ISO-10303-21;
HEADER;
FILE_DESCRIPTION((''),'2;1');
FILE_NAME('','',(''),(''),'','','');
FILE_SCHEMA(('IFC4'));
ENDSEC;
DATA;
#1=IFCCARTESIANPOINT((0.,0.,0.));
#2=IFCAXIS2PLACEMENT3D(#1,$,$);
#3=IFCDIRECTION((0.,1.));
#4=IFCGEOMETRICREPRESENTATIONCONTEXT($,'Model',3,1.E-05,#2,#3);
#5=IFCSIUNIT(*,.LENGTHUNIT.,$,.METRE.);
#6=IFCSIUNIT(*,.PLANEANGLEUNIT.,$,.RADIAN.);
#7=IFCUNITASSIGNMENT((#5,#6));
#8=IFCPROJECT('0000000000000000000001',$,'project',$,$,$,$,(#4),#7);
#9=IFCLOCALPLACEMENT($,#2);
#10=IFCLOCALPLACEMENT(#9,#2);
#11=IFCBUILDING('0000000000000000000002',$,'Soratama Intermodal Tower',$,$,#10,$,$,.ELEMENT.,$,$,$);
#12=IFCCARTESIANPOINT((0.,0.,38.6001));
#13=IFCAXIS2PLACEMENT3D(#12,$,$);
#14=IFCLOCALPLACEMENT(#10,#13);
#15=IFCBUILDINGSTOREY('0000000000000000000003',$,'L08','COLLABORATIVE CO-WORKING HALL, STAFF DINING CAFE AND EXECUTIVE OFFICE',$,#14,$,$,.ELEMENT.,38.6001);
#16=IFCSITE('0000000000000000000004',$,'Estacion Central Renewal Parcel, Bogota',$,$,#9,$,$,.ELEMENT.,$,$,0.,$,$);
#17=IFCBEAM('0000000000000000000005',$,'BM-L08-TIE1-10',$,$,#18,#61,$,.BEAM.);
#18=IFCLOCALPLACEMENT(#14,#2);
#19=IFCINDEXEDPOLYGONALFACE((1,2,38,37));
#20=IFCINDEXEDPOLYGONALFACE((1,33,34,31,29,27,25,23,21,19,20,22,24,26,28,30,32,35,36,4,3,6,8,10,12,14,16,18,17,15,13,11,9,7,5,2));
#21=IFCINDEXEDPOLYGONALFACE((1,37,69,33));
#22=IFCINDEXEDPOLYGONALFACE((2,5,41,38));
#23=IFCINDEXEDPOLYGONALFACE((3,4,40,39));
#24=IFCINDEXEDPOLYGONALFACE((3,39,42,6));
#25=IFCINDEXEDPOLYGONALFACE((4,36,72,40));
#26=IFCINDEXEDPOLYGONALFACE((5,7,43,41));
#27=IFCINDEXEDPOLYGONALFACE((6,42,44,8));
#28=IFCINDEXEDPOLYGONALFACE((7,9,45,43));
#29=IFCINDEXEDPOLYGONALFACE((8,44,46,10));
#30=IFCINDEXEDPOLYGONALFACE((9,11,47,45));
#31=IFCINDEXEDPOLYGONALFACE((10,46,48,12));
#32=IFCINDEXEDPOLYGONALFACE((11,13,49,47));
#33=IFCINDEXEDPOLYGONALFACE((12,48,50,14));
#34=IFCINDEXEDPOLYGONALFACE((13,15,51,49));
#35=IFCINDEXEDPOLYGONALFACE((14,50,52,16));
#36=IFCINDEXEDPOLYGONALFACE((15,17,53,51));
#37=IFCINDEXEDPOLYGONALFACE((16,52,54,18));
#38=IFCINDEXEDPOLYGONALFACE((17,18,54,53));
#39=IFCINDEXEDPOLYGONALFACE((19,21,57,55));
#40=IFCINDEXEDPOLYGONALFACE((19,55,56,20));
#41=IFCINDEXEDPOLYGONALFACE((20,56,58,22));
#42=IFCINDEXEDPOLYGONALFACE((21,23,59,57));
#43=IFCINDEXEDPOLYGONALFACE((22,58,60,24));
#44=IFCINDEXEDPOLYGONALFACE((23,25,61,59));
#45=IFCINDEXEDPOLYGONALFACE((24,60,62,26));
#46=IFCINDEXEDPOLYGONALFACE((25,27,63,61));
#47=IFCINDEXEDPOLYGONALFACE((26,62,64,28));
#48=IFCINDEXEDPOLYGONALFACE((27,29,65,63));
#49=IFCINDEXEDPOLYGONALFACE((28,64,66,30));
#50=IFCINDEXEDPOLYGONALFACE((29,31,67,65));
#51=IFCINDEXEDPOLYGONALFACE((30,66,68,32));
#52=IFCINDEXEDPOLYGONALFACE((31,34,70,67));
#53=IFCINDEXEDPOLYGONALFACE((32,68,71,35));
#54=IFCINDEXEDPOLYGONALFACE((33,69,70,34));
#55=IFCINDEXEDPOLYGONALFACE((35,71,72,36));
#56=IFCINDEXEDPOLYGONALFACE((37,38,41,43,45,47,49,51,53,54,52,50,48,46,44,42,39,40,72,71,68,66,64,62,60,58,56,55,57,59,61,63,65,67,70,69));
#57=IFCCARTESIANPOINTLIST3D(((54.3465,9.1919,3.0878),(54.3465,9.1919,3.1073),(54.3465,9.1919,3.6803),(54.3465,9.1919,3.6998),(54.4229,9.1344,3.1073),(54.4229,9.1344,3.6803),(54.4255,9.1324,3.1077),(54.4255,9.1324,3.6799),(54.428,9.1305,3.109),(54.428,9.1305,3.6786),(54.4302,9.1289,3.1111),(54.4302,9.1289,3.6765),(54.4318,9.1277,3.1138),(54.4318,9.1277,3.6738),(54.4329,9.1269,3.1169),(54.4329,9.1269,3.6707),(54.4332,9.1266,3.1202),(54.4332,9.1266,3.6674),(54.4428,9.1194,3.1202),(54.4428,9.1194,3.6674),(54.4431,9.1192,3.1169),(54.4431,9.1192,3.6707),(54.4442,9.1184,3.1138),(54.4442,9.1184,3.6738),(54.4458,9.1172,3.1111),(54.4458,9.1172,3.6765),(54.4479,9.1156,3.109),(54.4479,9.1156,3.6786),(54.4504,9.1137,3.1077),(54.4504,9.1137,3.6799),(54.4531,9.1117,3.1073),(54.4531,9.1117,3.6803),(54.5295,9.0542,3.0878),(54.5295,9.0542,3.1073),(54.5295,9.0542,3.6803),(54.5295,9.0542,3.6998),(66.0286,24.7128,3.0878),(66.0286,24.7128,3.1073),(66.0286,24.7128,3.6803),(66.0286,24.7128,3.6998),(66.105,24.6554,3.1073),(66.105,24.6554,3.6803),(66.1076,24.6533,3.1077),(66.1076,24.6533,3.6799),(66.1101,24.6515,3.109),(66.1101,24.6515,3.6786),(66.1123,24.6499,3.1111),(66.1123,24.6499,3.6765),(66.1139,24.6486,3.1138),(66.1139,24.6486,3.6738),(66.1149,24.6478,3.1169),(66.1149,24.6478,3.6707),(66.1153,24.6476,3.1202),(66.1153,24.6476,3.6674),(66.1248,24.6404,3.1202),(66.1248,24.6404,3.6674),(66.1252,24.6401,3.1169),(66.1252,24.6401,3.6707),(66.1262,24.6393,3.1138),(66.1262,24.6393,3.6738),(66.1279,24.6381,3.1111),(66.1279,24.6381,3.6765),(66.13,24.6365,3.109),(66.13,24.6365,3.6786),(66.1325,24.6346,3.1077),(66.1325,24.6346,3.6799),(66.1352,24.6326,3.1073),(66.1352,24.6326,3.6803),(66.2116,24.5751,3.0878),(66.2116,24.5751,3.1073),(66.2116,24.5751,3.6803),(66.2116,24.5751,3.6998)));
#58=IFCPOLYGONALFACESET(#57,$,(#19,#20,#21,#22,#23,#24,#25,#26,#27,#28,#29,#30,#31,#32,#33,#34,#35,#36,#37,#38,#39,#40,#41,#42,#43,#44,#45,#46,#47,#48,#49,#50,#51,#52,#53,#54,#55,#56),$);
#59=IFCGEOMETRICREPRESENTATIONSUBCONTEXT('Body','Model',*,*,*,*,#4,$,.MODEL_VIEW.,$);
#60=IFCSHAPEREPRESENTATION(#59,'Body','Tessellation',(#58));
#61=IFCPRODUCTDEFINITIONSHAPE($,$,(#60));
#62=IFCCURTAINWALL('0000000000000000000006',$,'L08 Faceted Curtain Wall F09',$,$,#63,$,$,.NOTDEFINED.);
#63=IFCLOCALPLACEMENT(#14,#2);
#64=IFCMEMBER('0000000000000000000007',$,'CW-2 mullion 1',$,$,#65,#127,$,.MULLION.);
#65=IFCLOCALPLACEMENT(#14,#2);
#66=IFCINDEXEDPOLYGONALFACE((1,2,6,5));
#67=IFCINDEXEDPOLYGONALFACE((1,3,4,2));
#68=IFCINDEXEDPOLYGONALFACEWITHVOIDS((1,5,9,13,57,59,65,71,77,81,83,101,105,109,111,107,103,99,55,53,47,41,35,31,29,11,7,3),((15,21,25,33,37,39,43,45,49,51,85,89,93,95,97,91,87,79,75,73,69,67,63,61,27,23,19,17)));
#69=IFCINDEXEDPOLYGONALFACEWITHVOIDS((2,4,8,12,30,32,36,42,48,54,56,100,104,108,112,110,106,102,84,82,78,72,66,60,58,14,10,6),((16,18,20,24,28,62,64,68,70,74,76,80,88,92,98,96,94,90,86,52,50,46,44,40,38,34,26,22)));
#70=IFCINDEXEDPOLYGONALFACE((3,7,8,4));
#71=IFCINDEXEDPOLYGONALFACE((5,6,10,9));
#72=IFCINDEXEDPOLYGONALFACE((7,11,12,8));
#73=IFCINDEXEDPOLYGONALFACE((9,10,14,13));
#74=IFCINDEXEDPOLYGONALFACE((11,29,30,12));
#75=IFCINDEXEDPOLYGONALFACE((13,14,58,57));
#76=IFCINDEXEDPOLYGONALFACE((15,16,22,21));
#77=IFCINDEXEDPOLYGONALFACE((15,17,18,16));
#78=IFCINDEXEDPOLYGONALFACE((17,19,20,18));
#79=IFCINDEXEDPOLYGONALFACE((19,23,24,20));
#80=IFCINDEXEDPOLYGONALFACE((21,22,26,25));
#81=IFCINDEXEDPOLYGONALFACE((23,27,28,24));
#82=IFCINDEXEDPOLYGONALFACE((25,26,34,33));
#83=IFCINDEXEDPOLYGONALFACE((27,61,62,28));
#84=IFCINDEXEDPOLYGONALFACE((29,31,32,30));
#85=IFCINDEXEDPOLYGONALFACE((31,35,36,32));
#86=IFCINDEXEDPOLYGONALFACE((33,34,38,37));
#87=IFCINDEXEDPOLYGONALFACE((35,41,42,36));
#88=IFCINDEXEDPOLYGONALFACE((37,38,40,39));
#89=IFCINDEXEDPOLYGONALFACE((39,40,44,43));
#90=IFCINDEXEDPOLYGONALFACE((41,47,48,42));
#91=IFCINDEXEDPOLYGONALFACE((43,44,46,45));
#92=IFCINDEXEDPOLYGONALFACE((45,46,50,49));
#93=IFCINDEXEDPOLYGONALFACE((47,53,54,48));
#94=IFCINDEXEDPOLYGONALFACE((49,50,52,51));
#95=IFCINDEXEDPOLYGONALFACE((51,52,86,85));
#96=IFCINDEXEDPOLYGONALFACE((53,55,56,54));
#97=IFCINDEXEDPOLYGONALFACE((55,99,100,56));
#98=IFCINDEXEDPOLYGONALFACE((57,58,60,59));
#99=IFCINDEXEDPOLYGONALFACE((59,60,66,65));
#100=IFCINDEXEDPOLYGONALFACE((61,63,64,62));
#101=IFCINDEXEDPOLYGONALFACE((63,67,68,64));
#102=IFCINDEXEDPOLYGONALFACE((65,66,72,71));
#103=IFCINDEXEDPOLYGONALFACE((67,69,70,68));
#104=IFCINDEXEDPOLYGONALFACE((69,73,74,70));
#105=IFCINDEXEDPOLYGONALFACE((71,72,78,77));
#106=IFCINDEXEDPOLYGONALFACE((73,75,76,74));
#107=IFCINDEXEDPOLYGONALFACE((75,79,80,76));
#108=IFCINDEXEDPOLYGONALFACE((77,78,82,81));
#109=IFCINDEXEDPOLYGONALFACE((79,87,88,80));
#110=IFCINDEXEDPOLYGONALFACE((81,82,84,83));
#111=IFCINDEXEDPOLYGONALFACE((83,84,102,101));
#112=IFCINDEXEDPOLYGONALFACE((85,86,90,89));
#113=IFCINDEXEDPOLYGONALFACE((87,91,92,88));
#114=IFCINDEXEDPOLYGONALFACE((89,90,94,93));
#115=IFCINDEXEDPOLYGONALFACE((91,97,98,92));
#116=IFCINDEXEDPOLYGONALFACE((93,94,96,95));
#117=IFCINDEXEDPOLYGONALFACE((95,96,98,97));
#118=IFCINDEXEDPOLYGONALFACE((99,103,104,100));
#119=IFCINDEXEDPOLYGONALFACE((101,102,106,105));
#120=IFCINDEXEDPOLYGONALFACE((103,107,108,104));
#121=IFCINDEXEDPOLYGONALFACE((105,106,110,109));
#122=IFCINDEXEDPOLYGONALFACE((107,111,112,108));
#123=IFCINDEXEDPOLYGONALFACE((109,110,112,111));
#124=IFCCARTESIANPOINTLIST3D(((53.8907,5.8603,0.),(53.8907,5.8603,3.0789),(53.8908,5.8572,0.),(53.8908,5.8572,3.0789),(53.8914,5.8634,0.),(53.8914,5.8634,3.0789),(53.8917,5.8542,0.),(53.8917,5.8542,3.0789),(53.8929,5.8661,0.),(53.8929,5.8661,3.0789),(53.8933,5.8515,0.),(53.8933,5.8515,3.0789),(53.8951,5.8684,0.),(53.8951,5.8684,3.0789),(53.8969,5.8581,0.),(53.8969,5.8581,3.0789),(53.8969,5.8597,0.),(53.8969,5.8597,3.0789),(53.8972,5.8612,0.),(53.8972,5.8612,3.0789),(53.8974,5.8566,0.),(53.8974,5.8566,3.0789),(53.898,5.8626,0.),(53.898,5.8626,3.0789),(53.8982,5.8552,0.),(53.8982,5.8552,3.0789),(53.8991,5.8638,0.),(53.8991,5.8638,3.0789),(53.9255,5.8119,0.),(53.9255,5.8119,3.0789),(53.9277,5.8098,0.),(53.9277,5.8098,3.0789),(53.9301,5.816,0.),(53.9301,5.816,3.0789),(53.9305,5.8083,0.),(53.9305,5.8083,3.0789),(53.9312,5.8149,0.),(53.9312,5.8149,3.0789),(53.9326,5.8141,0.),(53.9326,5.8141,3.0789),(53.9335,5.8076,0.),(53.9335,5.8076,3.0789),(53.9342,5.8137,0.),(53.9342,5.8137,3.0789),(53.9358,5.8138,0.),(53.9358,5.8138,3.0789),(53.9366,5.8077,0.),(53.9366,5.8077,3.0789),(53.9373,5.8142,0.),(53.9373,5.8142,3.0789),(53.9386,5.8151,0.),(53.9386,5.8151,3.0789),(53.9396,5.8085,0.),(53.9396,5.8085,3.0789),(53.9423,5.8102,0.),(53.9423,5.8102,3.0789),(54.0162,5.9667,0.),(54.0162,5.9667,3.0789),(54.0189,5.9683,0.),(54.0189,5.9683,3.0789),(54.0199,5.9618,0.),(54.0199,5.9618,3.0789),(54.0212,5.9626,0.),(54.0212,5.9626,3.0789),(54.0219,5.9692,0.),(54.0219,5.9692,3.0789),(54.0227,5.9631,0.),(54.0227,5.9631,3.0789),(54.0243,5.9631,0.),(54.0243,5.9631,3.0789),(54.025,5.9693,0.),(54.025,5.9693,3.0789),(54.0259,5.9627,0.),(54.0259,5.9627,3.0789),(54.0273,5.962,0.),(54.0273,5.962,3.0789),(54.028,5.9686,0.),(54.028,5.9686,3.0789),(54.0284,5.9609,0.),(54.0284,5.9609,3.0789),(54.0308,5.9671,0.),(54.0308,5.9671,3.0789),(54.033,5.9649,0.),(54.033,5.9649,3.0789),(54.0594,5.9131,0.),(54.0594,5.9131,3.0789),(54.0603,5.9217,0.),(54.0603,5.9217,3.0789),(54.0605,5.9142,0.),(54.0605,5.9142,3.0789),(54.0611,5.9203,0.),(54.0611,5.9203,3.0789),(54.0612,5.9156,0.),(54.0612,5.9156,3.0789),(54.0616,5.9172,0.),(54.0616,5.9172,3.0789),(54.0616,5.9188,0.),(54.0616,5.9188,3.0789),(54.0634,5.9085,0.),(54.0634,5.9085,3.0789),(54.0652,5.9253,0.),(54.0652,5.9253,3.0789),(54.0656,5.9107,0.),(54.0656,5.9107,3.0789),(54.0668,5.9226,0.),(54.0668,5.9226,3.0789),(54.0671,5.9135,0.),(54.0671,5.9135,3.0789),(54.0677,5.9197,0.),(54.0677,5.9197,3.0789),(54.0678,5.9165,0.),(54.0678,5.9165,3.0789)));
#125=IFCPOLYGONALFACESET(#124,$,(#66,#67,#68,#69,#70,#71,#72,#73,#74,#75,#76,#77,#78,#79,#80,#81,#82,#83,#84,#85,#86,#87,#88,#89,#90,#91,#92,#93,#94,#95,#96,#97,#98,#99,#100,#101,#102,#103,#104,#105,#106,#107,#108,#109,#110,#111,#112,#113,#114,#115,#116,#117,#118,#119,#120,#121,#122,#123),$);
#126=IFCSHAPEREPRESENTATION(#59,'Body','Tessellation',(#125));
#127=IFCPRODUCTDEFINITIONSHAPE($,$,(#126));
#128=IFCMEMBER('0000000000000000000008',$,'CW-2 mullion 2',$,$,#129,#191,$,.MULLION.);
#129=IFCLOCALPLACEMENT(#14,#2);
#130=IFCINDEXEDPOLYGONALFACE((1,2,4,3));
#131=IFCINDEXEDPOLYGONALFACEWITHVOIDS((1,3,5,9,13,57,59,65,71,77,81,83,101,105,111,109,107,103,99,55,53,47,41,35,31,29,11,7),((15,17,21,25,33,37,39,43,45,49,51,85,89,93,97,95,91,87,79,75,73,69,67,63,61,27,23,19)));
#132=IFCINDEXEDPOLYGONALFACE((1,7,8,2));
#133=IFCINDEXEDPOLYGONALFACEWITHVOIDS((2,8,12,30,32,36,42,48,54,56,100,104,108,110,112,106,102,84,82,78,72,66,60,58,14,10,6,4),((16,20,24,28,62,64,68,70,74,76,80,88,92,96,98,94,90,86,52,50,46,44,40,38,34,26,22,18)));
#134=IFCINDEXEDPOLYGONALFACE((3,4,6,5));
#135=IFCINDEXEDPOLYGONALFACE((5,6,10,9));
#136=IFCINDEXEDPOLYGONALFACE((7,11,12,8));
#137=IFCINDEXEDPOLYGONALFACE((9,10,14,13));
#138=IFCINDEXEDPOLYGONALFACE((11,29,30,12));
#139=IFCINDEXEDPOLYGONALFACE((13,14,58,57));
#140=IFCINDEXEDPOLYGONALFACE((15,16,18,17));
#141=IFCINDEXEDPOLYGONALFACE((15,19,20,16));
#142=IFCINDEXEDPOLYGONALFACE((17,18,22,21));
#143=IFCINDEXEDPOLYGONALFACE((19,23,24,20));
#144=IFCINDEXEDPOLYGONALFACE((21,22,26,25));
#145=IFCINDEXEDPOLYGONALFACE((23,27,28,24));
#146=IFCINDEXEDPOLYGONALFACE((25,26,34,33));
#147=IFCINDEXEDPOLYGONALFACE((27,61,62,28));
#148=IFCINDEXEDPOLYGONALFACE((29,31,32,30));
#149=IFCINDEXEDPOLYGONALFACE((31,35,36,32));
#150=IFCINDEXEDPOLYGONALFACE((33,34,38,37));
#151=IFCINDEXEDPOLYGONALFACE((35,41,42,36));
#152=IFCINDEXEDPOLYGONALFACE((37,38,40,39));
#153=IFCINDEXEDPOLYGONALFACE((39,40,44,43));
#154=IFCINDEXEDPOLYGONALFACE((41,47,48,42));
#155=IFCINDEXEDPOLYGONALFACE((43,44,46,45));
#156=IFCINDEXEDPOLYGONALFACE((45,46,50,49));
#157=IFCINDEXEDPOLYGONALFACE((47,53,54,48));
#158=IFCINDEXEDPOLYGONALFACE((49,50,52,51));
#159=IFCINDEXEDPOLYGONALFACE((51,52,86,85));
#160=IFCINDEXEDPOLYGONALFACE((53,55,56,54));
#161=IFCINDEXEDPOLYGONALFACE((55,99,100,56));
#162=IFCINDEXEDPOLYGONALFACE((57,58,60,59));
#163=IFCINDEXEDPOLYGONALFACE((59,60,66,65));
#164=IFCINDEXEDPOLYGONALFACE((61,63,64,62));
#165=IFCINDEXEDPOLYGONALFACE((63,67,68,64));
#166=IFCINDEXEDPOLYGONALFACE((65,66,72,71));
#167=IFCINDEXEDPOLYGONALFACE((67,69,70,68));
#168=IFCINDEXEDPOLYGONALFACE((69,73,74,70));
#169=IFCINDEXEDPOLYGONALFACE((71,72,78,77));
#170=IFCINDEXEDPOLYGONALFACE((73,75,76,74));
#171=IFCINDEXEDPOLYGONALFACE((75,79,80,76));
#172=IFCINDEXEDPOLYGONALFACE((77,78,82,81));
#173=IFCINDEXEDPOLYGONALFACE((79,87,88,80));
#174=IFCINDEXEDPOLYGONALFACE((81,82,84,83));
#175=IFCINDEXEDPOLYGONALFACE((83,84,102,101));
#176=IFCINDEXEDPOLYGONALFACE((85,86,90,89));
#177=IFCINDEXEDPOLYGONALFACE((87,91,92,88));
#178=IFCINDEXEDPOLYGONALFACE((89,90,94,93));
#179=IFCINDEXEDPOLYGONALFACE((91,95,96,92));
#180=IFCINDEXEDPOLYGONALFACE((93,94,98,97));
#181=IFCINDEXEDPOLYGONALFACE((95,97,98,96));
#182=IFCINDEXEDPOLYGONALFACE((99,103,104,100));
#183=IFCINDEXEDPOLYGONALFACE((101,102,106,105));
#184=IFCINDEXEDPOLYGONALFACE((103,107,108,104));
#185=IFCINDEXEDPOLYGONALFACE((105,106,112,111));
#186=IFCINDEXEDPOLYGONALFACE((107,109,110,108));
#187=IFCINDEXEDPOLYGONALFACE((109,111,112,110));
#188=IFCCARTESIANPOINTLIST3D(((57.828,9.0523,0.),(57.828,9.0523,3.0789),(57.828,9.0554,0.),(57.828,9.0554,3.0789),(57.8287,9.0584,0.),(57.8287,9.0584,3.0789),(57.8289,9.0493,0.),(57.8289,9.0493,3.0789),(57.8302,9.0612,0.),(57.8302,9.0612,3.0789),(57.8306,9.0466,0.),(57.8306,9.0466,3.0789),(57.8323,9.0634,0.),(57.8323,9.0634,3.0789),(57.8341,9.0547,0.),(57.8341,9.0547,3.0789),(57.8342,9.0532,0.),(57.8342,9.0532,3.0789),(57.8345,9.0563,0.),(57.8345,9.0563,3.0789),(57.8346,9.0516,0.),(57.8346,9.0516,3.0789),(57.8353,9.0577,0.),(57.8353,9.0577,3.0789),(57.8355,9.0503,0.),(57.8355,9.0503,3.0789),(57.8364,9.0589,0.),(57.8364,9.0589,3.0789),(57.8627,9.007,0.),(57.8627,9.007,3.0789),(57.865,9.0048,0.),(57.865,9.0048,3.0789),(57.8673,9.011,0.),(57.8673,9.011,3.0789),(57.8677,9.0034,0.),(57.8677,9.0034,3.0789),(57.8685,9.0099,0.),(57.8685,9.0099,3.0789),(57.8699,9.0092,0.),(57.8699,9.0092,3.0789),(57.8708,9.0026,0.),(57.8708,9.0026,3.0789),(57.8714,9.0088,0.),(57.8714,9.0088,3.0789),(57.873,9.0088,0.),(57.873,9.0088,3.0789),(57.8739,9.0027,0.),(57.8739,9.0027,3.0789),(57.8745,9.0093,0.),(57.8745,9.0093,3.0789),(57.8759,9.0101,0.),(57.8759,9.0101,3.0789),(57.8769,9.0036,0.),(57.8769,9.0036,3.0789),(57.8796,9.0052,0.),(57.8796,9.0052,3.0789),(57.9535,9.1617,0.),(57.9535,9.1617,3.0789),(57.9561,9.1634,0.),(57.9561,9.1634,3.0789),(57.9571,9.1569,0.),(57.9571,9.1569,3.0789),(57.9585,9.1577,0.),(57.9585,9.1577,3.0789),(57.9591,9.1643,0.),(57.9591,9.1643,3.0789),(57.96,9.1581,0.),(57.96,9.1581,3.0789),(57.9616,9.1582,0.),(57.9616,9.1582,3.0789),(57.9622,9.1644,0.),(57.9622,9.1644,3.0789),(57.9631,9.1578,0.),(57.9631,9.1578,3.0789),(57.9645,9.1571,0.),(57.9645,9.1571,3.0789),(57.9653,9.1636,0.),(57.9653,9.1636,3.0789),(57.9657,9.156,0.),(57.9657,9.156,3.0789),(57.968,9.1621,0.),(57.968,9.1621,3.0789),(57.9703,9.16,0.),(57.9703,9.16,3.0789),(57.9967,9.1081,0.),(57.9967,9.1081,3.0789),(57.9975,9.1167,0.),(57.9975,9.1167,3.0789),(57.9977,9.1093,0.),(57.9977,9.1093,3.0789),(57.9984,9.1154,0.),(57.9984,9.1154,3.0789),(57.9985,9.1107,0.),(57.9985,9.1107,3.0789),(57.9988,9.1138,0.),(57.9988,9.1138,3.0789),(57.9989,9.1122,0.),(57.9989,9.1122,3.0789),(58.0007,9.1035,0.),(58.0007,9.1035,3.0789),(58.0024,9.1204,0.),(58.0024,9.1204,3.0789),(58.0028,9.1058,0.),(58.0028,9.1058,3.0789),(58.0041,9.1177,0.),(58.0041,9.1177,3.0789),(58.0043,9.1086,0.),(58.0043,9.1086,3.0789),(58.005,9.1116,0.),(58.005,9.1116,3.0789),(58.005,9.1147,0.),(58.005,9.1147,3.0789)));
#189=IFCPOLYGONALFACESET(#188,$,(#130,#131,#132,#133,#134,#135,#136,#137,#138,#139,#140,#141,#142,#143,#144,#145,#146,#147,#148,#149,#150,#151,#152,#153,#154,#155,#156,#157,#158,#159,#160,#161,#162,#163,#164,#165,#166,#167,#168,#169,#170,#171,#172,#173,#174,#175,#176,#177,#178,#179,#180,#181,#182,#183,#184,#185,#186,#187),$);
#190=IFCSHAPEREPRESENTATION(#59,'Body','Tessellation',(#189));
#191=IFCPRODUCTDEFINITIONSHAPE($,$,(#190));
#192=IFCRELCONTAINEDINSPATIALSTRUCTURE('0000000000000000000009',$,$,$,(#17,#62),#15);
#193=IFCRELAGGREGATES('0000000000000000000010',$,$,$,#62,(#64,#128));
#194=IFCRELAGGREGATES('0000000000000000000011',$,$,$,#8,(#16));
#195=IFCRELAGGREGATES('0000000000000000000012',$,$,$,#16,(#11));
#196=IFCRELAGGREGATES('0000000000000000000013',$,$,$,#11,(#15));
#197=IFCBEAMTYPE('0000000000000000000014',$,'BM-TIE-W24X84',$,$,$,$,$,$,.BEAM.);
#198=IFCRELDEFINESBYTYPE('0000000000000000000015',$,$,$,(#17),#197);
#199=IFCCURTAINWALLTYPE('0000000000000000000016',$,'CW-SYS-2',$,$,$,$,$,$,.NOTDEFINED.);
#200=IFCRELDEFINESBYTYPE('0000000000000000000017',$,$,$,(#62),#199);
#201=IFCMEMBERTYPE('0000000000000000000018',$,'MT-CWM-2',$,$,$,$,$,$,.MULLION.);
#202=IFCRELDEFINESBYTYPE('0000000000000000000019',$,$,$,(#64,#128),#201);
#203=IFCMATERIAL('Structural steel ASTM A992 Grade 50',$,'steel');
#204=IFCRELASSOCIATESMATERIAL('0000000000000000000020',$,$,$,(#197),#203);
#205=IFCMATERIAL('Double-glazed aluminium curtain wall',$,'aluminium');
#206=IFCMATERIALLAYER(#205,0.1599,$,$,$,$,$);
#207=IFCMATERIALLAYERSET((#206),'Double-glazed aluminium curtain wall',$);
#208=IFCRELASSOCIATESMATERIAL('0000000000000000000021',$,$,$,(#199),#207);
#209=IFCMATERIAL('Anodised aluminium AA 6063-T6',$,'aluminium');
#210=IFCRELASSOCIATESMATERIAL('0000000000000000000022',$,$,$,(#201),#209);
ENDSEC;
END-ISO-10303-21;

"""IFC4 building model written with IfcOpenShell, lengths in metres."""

from ifc_helpers import new_model, si_unit, direction, frame, origin, origin_2d, place, context, subcontext, project, spatial, hollow_rectangle, i_section, extrude, material, layer, layer_set, material_profile, profile_set, type_object, element, aggregate, save


model = new_model("IFC4")

# Units and contexts
model_context = context("Model", 3, precision=1e-05, world=origin(), true_north=direction((0.0, 1.0)))
body_context = subcontext(model_context, "Body", "Model", "MODEL_VIEW")
ifc_project = project(units=[si_unit("LENGTHUNIT", "METRE"), si_unit("PLANEANGLEUNIT", "RADIAN")], contexts=[model_context])

# Site, building, storey
site_placement = place(None, origin())
site = spatial("IfcSite", under=ifc_project, at=site_placement, Name="Estacion Central Renewal Parcel, Bogota", CompositionType="ELEMENT", RefElevation=0.0)
building_placement = place(site_placement, origin())
building = spatial("IfcBuilding", under=site, at=building_placement, Name="Soratama Intermodal Tower", CompositionType="ELEMENT")
storey_placement = place(building_placement, frame((0.0, 0.0, 38.6001)))
storey = spatial("IfcBuildingStorey", under=building, at=storey_placement, Name="L08", Description="COLLABORATIVE CO-WORKING HALL, STAFF DINING CAFE AND EXECUTIVE OFFICE", CompositionType="ELEMENT", Elevation=38.6001)

# Beam
ifc_material_1 = material(Name="Structural steel ASTM A992 Grade 50", Category="steel")
ifc_material_profile_1 = material_profile(ifc_material_1, i_section(OverallWidth=0.229, OverallDepth=0.6121, WebThickness=0.012, FlangeThickness=0.0195, FilletRadius=0.0129, at=origin_2d()), Name="W24X84")
ifc_profile_set_1 = profile_set([ifc_material_profile_1], Name="Structural steel ASTM A992 Grade 50")
beam_type_1 = type_object("IfcBeamType", Name="BM-TIE-W24X84", PredefinedType="BEAM", material=ifc_profile_set_1)
beam_1_placement = place(storey_placement, frame((54.438, 9.123, 3.3938), z_axis=(0.601362, 0.798976, 0.0), x_axis=(-0.798976, 0.601362, 0.0)))
element("IfcBeam", 1, at=beam_1_placement, inside=storey, type_object=beam_type_1, Name="BM-L08-TIE1-10", PredefinedType="BEAM", context=body_context, shape_type="SweptSolid", body=[
    extrude(i_section(OverallWidth=0.229, OverallDepth=0.6121, WebThickness=0.012, FlangeThickness=0.0195, FilletRadius=0.0129, at=origin_2d()), origin(), (0.0, 0.0, 1.0), 19.426),
])

# Curtain wall, members
ifc_material_2 = material(Name="Double-glazed aluminium curtain wall", Category="aluminium")
ifc_layer_1 = layer(ifc_material_2, 0.1599)
ifc_layer_set_1 = layer_set([ifc_layer_1], Name="Double-glazed aluminium curtain wall")
curtain_wall_type = type_object("IfcCurtainWallType", Name="CW-SYS-2", PredefinedType="NOTDEFINED", material=ifc_layer_set_1)
curtain_wall_placement = place(storey_placement, origin())
curtain_wall = element("IfcCurtainWall", 2, at=curtain_wall_placement, inside=storey, type_object=curtain_wall_type, Name="L08 Faceted Curtain Wall F09", PredefinedType="NOTDEFINED")
ifc_material_3 = material(Name="Anodised aluminium AA 6063-T6", Category="aluminium")
ifc_material_profile_2 = material_profile(ifc_material_3, hollow_rectangle(XDim=0.075, YDim=0.1799, WallThickness=0.0061, InnerFilletRadius=0.0061, OuterFilletRadius=0.012, at=origin_2d()), Name="CWM180X75X6")
ifc_profile_set_2 = profile_set([ifc_material_profile_2], Name="Anodised aluminium AA 6063-T6")
member_type_1 = type_object("IfcMemberType", Name="MT-CWM-2", PredefinedType="MULLION", material=ifc_profile_set_2)
member_1_placement = place(storey_placement, frame((53.9792, 5.8884, 0.0), z_axis=(0.0, 0.0, 1.0), x_axis=(-0.630137, 0.776484, 0.0)))
member_1 = element("IfcMember", 3, at=member_1_placement, type_object=member_type_1, Name="CW-2 mullion 1", PredefinedType="MULLION", context=body_context, shape_type="SweptSolid", body=[
    extrude(hollow_rectangle(XDim=0.075, YDim=0.1799, WallThickness=0.0061, InnerFilletRadius=0.0061, OuterFilletRadius=0.012, at=origin_2d()), origin(), (0.0, 0.0, 1.0), 3.0789),
])
member_2_placement = place(storey_placement, frame((57.9165, 9.0835, 0.0), z_axis=(0.0, 0.0, 1.0), x_axis=(-0.630137, 0.776484, 0.0)))
member_2 = element("IfcMember", 4, at=member_2_placement, type_object=member_type_1, Name="CW-2 mullion 2", PredefinedType="MULLION", context=body_context, shape_type="SweptSolid", body=[
    extrude(hollow_rectangle(XDim=0.075, YDim=0.1799, WallThickness=0.0061, InnerFilletRadius=0.0061, OuterFilletRadius=0.012, at=origin_2d()), origin(), (0.0, 0.0, 1.0), 3.0789),
])
aggregate(curtain_wall, [member_1, member_2])

save(model, "model.ifc")
